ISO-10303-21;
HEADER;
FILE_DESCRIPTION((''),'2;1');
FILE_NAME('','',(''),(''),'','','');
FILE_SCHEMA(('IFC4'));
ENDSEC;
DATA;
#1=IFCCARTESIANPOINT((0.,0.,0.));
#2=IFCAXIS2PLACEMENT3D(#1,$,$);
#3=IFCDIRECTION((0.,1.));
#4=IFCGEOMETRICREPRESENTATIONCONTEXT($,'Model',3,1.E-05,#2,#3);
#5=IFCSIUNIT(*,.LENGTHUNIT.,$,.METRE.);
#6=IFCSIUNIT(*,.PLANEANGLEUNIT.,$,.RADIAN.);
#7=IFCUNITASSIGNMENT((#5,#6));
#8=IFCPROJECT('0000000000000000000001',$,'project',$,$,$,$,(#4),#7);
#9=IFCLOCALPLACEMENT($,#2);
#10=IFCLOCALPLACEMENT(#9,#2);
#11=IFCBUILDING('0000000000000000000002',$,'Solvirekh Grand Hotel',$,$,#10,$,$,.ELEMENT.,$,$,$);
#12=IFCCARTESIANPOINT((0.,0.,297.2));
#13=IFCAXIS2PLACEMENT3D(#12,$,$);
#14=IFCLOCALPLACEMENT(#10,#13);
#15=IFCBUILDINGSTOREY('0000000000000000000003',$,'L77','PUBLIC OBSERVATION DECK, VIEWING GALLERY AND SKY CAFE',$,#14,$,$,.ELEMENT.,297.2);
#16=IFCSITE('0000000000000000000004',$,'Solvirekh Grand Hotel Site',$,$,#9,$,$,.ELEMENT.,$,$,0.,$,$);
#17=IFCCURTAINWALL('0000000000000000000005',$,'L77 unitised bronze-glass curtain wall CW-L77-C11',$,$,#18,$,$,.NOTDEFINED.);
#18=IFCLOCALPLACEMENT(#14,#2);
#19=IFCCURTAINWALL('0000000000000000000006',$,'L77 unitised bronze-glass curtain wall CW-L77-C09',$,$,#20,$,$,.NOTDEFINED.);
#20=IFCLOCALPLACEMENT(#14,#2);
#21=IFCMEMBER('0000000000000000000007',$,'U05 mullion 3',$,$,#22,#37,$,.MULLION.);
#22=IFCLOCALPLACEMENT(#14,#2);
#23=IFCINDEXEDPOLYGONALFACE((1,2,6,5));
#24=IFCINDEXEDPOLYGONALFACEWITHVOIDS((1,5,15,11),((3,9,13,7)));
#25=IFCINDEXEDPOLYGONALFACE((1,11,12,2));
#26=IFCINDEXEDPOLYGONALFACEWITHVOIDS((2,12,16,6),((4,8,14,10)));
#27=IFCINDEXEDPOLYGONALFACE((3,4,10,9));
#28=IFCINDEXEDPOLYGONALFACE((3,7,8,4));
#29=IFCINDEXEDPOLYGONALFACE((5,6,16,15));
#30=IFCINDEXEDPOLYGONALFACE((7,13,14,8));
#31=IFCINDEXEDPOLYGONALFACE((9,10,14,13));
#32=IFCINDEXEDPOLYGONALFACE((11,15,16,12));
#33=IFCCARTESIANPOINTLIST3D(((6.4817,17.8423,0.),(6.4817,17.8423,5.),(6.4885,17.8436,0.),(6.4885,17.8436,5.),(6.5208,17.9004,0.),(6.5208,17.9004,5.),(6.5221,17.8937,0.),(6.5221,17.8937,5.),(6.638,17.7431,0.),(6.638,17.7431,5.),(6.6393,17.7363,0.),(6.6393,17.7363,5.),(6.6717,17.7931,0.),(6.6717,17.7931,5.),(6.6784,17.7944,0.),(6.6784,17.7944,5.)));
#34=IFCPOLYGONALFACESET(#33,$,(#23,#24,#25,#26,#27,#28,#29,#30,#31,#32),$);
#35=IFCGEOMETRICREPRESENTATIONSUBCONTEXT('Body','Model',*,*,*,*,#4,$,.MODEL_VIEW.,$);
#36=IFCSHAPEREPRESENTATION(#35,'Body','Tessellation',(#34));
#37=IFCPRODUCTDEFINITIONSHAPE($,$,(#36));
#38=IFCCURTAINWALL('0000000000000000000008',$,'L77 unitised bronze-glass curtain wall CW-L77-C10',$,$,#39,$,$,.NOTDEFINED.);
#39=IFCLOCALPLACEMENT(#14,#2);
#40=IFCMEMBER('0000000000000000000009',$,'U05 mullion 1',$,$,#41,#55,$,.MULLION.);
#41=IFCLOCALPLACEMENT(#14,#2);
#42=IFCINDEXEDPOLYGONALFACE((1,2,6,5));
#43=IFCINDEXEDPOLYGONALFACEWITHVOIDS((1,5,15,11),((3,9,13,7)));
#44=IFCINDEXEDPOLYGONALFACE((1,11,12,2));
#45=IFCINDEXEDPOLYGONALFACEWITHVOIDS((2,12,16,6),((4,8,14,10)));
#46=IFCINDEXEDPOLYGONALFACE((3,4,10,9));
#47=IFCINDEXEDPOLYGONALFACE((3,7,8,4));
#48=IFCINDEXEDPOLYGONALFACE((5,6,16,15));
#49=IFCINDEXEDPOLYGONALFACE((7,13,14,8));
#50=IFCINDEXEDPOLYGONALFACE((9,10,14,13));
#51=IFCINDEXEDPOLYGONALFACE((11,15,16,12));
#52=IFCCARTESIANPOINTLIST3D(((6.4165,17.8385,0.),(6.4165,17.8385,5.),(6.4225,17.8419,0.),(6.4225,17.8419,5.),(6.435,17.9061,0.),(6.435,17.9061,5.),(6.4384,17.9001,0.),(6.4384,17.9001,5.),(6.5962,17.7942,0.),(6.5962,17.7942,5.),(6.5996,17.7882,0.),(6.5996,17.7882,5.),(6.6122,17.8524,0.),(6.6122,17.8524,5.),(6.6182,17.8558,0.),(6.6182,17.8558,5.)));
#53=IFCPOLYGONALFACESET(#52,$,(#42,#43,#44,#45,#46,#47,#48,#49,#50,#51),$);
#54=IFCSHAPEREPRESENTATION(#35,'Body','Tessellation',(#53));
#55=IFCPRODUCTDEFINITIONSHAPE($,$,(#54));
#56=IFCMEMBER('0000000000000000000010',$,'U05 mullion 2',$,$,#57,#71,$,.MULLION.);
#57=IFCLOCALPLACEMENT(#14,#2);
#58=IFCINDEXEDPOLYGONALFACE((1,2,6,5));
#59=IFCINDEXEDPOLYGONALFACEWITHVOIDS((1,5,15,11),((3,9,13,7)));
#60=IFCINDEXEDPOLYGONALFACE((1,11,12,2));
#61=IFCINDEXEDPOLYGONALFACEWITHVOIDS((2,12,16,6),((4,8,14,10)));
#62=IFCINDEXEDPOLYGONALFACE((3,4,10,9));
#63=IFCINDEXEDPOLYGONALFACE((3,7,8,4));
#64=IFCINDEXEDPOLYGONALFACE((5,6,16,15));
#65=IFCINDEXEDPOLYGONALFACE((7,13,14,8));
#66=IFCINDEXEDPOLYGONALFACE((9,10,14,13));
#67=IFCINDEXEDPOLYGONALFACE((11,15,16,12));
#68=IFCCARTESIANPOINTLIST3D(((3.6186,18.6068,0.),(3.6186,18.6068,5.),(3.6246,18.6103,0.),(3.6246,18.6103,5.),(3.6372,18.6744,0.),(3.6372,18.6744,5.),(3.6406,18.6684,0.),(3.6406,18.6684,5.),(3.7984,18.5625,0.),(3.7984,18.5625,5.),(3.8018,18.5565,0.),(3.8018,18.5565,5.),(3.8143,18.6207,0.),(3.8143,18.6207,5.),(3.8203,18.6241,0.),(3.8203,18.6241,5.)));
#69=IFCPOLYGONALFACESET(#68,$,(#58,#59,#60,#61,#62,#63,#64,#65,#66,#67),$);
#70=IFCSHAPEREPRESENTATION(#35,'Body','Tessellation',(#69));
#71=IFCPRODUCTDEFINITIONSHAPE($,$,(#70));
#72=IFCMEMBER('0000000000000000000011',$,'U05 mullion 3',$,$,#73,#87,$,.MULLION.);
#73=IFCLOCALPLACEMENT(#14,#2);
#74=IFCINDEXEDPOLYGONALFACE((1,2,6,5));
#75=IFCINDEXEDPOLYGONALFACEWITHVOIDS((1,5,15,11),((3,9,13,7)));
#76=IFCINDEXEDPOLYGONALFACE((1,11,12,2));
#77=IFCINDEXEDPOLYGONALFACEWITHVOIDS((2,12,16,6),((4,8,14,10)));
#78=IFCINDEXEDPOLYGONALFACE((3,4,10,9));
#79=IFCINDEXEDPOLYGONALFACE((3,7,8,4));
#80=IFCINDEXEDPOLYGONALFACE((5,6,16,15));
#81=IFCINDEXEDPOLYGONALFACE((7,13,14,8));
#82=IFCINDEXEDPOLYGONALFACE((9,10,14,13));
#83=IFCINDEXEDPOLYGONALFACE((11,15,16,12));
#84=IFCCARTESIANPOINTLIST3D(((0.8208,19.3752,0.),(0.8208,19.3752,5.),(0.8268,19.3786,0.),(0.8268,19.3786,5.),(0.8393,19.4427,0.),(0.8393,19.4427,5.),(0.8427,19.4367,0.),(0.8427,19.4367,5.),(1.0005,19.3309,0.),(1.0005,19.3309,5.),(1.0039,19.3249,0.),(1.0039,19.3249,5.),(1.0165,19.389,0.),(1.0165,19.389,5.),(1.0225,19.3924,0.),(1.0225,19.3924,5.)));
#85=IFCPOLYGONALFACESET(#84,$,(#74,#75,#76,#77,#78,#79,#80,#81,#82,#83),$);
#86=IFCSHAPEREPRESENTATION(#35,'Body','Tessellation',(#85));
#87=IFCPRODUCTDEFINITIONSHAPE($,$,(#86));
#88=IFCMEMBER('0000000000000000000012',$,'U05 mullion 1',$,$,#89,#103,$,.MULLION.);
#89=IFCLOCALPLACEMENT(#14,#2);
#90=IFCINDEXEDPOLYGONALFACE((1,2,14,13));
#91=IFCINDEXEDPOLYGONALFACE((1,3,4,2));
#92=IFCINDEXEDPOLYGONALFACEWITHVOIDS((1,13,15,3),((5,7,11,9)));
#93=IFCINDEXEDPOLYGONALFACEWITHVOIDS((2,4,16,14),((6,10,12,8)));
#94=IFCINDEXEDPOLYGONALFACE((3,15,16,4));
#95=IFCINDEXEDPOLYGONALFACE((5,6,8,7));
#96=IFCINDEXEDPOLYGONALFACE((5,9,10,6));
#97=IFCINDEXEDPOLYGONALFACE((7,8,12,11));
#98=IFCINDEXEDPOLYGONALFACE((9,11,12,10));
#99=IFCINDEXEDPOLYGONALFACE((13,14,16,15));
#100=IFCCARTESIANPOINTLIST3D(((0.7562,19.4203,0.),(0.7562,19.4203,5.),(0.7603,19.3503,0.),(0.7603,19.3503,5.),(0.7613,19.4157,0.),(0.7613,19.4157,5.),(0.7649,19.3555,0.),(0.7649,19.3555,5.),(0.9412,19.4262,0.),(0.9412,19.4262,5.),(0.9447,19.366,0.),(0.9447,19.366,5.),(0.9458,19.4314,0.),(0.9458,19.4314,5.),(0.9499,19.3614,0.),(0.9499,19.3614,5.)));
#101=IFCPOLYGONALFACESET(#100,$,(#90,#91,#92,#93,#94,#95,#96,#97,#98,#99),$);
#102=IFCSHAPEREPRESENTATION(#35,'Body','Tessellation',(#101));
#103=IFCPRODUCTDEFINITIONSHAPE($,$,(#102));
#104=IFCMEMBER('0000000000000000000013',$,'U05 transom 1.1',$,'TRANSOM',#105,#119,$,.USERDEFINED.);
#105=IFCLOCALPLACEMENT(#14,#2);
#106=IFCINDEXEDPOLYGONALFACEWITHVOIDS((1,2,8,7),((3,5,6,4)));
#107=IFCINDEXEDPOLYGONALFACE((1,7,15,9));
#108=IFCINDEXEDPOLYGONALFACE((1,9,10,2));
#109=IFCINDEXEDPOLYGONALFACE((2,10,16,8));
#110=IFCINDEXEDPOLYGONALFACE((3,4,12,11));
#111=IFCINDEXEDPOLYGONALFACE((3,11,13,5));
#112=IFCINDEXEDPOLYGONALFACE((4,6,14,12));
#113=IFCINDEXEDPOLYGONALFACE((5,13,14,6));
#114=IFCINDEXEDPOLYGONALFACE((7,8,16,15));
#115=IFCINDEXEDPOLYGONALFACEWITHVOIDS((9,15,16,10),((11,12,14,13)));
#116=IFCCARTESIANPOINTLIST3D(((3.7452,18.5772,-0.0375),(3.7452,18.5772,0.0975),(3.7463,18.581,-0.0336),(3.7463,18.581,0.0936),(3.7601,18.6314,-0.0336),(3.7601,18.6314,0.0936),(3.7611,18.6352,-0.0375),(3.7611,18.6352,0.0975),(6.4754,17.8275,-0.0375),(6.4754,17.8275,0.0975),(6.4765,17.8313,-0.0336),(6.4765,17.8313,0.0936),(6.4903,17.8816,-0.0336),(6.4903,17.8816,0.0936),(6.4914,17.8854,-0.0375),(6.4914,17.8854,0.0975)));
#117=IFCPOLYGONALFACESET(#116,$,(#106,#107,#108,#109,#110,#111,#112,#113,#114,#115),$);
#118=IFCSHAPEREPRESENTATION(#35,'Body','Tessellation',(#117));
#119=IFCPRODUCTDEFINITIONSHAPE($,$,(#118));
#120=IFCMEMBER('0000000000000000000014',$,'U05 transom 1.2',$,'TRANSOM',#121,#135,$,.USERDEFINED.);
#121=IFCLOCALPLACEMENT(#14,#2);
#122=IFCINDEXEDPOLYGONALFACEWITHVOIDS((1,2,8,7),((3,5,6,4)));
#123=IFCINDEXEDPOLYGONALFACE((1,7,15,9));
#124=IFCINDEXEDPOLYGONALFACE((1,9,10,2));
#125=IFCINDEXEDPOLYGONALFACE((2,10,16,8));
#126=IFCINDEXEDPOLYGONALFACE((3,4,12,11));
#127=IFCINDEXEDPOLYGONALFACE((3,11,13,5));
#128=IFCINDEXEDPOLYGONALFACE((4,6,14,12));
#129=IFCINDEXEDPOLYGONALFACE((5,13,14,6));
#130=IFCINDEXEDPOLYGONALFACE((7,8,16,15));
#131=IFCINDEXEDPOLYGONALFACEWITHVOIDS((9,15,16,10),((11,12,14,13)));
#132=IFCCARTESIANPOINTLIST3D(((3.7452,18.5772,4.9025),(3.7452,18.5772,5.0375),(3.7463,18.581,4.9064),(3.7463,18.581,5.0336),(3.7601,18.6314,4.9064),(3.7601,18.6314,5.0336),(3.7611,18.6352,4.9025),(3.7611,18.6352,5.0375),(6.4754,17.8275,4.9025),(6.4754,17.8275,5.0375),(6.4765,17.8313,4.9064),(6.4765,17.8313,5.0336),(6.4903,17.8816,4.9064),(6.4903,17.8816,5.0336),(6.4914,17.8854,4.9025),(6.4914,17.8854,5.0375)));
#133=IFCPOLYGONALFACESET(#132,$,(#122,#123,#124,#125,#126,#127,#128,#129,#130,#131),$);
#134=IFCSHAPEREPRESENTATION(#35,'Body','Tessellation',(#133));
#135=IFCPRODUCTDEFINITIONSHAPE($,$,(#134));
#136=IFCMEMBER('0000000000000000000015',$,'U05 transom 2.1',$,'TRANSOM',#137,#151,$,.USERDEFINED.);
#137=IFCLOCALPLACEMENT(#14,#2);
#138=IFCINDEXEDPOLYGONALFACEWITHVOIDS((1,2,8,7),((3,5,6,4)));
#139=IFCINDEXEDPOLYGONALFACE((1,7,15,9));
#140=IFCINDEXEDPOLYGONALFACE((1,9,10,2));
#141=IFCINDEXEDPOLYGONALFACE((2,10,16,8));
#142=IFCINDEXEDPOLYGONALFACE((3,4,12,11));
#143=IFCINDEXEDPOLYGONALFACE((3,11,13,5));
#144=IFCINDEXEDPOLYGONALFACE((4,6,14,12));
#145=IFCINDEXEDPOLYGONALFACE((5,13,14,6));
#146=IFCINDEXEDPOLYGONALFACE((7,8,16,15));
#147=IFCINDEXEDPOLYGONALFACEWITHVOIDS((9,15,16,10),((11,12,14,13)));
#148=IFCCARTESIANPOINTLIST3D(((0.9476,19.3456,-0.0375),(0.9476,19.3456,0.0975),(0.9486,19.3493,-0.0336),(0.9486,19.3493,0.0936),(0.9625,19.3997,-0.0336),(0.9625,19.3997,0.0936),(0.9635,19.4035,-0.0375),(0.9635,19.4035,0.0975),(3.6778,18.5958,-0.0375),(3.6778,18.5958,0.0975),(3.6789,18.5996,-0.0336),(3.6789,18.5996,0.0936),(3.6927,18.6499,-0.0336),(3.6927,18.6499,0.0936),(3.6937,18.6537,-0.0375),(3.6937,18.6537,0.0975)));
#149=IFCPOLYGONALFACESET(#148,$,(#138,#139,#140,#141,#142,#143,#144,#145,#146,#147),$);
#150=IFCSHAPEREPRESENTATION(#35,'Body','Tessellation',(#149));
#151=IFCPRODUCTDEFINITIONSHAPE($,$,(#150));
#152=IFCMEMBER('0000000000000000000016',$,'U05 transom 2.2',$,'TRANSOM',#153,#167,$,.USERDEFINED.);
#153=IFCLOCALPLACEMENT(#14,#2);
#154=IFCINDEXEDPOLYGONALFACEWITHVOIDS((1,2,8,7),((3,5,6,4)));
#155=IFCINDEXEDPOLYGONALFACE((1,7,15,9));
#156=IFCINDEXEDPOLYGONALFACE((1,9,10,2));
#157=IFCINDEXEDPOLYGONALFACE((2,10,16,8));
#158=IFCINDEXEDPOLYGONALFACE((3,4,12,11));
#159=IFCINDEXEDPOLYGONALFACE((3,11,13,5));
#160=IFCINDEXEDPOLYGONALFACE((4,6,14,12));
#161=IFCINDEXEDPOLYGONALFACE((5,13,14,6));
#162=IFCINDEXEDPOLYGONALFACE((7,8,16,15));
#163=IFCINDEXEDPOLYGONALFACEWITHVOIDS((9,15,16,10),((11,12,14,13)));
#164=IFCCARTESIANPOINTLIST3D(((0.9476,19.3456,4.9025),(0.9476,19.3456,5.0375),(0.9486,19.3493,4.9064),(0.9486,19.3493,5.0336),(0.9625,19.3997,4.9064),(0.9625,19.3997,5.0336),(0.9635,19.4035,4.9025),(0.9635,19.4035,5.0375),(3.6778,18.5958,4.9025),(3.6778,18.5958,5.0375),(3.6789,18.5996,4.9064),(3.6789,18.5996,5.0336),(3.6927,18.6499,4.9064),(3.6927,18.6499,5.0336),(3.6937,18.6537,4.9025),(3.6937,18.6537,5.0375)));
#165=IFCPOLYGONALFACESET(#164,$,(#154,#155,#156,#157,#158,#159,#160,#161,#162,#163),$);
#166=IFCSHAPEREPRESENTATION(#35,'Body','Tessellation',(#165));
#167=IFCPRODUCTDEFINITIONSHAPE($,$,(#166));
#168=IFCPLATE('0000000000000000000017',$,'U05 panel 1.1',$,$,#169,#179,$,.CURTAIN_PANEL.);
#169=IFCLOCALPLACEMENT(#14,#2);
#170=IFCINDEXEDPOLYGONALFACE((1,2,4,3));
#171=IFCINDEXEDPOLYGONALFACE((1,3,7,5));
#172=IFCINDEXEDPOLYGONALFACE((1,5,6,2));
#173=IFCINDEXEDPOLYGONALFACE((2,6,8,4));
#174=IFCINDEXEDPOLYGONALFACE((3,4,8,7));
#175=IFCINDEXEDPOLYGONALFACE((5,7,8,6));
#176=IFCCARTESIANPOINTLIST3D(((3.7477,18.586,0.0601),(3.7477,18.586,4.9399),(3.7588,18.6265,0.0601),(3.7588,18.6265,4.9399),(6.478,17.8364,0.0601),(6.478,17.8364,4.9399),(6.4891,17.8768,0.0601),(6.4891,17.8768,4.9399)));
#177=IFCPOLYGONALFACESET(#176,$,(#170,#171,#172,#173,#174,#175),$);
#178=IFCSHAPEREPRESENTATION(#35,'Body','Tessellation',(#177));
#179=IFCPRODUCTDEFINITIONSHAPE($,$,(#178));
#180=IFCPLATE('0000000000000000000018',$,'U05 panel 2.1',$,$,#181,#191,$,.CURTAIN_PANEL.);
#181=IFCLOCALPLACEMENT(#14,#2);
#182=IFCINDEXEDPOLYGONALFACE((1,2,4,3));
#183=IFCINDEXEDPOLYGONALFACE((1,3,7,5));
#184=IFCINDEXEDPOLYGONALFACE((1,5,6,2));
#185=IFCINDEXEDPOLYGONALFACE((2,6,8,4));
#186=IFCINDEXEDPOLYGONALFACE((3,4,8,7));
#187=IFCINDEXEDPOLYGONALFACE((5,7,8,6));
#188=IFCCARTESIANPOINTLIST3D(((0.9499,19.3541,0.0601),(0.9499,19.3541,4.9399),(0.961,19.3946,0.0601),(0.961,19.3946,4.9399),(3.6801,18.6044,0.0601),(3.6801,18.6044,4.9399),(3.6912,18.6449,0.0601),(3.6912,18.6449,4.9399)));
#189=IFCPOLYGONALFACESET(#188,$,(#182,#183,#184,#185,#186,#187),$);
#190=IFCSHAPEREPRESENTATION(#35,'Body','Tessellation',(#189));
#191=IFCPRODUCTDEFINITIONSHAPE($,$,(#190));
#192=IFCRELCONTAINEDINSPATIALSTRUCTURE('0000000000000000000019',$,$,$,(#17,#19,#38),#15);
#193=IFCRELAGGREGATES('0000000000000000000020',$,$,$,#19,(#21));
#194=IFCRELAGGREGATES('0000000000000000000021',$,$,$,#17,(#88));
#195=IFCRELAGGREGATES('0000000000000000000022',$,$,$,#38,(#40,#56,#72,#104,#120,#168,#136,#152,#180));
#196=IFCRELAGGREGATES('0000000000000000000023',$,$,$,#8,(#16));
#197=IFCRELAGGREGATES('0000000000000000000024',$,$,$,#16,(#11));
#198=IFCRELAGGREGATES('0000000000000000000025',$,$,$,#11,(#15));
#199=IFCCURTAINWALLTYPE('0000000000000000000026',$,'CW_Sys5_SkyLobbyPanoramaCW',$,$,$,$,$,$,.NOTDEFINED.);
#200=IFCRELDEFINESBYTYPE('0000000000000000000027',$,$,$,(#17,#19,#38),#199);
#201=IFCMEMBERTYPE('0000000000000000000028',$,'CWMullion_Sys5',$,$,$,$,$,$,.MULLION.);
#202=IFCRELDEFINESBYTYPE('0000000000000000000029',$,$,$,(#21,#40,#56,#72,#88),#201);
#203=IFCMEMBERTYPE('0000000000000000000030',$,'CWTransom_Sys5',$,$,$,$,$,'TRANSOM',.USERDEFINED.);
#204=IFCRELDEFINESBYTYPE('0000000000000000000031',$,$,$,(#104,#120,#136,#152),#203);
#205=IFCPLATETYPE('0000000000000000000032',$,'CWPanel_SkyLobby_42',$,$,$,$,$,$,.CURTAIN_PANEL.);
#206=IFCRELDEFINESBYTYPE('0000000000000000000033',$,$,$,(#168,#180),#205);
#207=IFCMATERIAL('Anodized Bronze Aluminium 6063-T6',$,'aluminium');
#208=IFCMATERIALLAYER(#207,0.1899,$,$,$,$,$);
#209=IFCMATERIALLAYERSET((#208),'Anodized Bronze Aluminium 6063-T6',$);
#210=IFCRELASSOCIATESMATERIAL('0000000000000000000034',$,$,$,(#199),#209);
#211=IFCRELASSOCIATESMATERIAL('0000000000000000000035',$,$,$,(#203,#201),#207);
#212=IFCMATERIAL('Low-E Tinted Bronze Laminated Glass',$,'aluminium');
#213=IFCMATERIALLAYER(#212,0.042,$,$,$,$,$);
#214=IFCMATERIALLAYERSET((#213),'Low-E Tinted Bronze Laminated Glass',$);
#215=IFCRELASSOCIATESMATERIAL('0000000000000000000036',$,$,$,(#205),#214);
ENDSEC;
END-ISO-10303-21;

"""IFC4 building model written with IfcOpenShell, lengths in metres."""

from ifc_helpers import new_model, si_unit, direction, frame, origin, origin_2d, place, context, subcontext, project, spatial, rectangle, hollow_rectangle, extrude, source, transform, mapped, material, layer, layer_set, material_profile, profile_set, type_object, element, aggregate, save


model = new_model("IFC4")

# Units and contexts
model_context = context("Model", 3, precision=1e-05, world=origin(), true_north=direction((0.0, 1.0)))
body_context = subcontext(model_context, "Body", "Model", "MODEL_VIEW")
ifc_project = project(units=[si_unit("LENGTHUNIT", "METRE"), si_unit("PLANEANGLEUNIT", "RADIAN")], contexts=[model_context])

# Site, building, storey
site_placement = place(None, origin())
site = spatial("IfcSite", under=ifc_project, at=site_placement, Name="Solvirekh Grand Hotel Site", CompositionType="ELEMENT", RefElevation=0.0)
building_placement = place(site_placement, origin())
building = spatial("IfcBuilding", under=site, at=building_placement, Name="Solvirekh Grand Hotel", CompositionType="ELEMENT")
storey_placement = place(building_placement, frame((0.0, 0.0, 297.2)))
storey = spatial("IfcBuildingStorey", under=building, at=storey_placement, Name="L77", Description="PUBLIC OBSERVATION DECK, VIEWING GALLERY AND SKY CAFE", CompositionType="ELEMENT", Elevation=297.2)

# Curtain wall
ifc_material_1 = material(Name="Anodized Bronze Aluminium 6063-T6", Category="aluminium")
ifc_layer_1 = layer(ifc_material_1, 0.1899)
ifc_layer_set_1 = layer_set([ifc_layer_1], Name="Anodized Bronze Aluminium 6063-T6")
curtain_wall_type = type_object("IfcCurtainWallType", Name="CW_Sys5_SkyLobbyPanoramaCW", PredefinedType="NOTDEFINED", material=ifc_layer_set_1)
curtain_wall_1_placement = place(storey_placement, origin())
curtain_wall_1 = element("IfcCurtainWall", 1, at=curtain_wall_1_placement, inside=storey, type_object=curtain_wall_type, Name="L77 unitised bronze-glass curtain wall CW-L77-C11", PredefinedType="NOTDEFINED")
ifc_material_profile_1 = material_profile(ifc_material_1, hollow_rectangle(XDim=0.0601, YDim=0.135, WallThickness=0.0039, at=origin_2d()), Name="ALU RHS 135X60X4")
ifc_profile_set_1 = profile_set([ifc_material_profile_1], Name="Anodized Bronze Aluminium 6063-T6")
member_type_1 = type_object("IfcMemberType", Name="CWTransom_Sys5", ElementType="TRANSOM", PredefinedType="USERDEFINED", material=ifc_profile_set_1)

# Curtain wall, member
curtain_wall_2_placement = place(storey_placement, origin())
curtain_wall_2 = element("IfcCurtainWall", 2, at=curtain_wall_2_placement, inside=storey, type_object=curtain_wall_type, Name="L77 unitised bronze-glass curtain wall CW-L77-C09", PredefinedType="NOTDEFINED")
ifc_material_profile_2 = material_profile(ifc_material_1, hollow_rectangle(XDim=0.0701, YDim=0.1899, WallThickness=0.0049, at=origin_2d()), Name="ALU RHS 190X70X5")
ifc_profile_set_2 = profile_set([ifc_material_profile_2], Name="Anodized Bronze Aluminium 6063-T6")
member_type_2 = type_object("IfcMemberType", Name="CWMullion_Sys5", PredefinedType="MULLION", material=ifc_profile_set_2)
shared_shape_1 = source(origin(), body_context, "Body", "SweptSolid", [
    extrude(hollow_rectangle(XDim=0.0701, YDim=0.1899, WallThickness=0.0049, at=origin_2d()), origin(), (0.0, 0.0, 1.0), 5.0),
])
member_1_placement = place(storey_placement, frame((6.5801, 17.8184, 0.0), z_axis=(0.0, 0.0, 1.0), x_axis=(-0.558012, -0.829833, 0.0)))
member_1 = element("IfcMember", 3, at=member_1_placement, type_object=member_type_2, Name="U05 mullion 3", PredefinedType="MULLION", context=body_context, shape_type="MappedRepresentation", body=[
    mapped(shared_shape_1, transform((0.0, 0.0, 0.0), x_axis=(1.0, 0.0, 0.0), y_axis=(0.0, 1.0, 0.0), z_axis=(0.0, 0.0, 1.0), scale=1.0)),
])
aggregate(curtain_wall_2, [member_1])

# Curtain wall, members
curtain_wall_3_placement = place(storey_placement, origin())
curtain_wall_3 = element("IfcCurtainWall", 4, at=curtain_wall_3_placement, inside=storey, type_object=curtain_wall_type, Name="L77 unitised bronze-glass curtain wall CW-L77-C10", PredefinedType="NOTDEFINED")
member_2_placement = place(storey_placement, frame((6.5173, 17.8472, 0.0), z_axis=(0.0, 0.0, 1.0), x_axis=(-0.264788, -0.964307, 0.0)))
member_2 = element("IfcMember", 5, at=member_2_placement, type_object=member_type_2, Name="U05 mullion 1", PredefinedType="MULLION", context=body_context, shape_type="MappedRepresentation", body=[
    mapped(shared_shape_1, transform((0.0, 0.0, 0.0), x_axis=(1.0, 0.0, 0.0), y_axis=(0.0, 1.0, 0.0), z_axis=(0.0, 0.0, 1.0), scale=1.0)),
])
member_3_placement = place(storey_placement, frame((3.7195, 18.6155, 0.0), z_axis=(0.0, 0.0, 1.0), x_axis=(-0.264788, -0.964307, 0.0)))
member_3 = element("IfcMember", 6, at=member_3_placement, type_object=member_type_2, Name="U05 mullion 2", PredefinedType="MULLION", context=body_context, shape_type="MappedRepresentation", body=[
    mapped(shared_shape_1, transform((0.0, 0.0, 0.0), x_axis=(1.0, 0.0, 0.0), y_axis=(0.0, 1.0, 0.0), z_axis=(0.0, 0.0, 1.0), scale=1.0)),
])
member_4_placement = place(storey_placement, frame((0.9216, 19.3838, 0.0), z_axis=(0.0, 0.0, 1.0), x_axis=(-0.264788, -0.964307, 0.0)))
member_4 = element("IfcMember", 7, at=member_4_placement, type_object=member_type_2, Name="U05 mullion 3", PredefinedType="MULLION", context=body_context, shape_type="MappedRepresentation", body=[
    mapped(shared_shape_1, transform((0.0, 0.0, 0.0), x_axis=(1.0, 0.0, 0.0), y_axis=(0.0, 1.0, 0.0), z_axis=(0.0, 0.0, 1.0), scale=1.0)),
])

# Members
member_5_placement = place(storey_placement, frame((0.853, 19.3909, 0.0), z_axis=(0.0, 0.0, 1.0), x_axis=(0.058413, -0.998293, 0.0)))
member_5 = element("IfcMember", 8, at=member_5_placement, type_object=member_type_2, Name="U05 mullion 1", PredefinedType="MULLION", context=body_context, shape_type="MappedRepresentation", body=[
    mapped(shared_shape_1, transform((0.0, 0.0, 0.0), x_axis=(1.0, 0.0, 0.0), y_axis=(0.0, 1.0, 0.0), z_axis=(0.0, 0.0, 1.0), scale=1.0)),
])
aggregate(curtain_wall_1, [member_5])
shared_shape_2 = source(origin(), body_context, "Body", "SweptSolid", [
    extrude(hollow_rectangle(XDim=0.0601, YDim=0.135, WallThickness=0.0039, at=origin_2d()), origin(), (0.0, 0.0, 1.0), 2.8313),
])
member_6_placement = place(storey_placement, frame((6.4834, 17.8564, 0.03), z_axis=(-0.964301, 0.26481, 0.0), x_axis=(-0.26481, -0.964301, 0.0)))
member_6 = element("IfcMember", 9, at=member_6_placement, type_object=member_type_1, Name="U05 transom 1.1", ObjectType="TRANSOM", PredefinedType="USERDEFINED", context=body_context, shape_type="MappedRepresentation", body=[
    mapped(shared_shape_2, transform((0.0, 0.0, 0.0), x_axis=(1.0, 0.0, 0.0), y_axis=(0.0, 1.0, 0.0), z_axis=(0.0, 0.0, 1.0), scale=1.0)),
])
member_7_placement = place(storey_placement, frame((6.4834, 17.8564, 4.97), z_axis=(-0.964301, 0.26481, 0.0), x_axis=(-0.26481, -0.964301, 0.0)))
member_7 = element("IfcMember", 10, at=member_7_placement, type_object=member_type_1, Name="U05 transom 1.2", ObjectType="TRANSOM", PredefinedType="USERDEFINED", context=body_context, shape_type="MappedRepresentation", body=[
    mapped(shared_shape_2, transform((0.0, 0.0, 0.0), x_axis=(1.0, 0.0, 0.0), y_axis=(0.0, 1.0, 0.0), z_axis=(0.0, 0.0, 1.0), scale=1.0)),
])
member_8_placement = place(storey_placement, frame((3.6858, 18.6248, 0.03), z_axis=(-0.964301, 0.26481, 0.0), x_axis=(-0.26481, -0.964301, 0.0)))
member_8 = element("IfcMember", 11, at=member_8_placement, type_object=member_type_1, Name="U05 transom 2.1", ObjectType="TRANSOM", PredefinedType="USERDEFINED", context=body_context, shape_type="MappedRepresentation", body=[
    mapped(shared_shape_2, transform((0.0, 0.0, 0.0), x_axis=(1.0, 0.0, 0.0), y_axis=(0.0, 1.0, 0.0), z_axis=(0.0, 0.0, 1.0), scale=1.0)),
])
member_9_placement = place(storey_placement, frame((3.6858, 18.6248, 4.97), z_axis=(-0.964301, 0.26481, 0.0), x_axis=(-0.26481, -0.964301, 0.0)))
member_9 = element("IfcMember", 12, at=member_9_placement, type_object=member_type_1, Name="U05 transom 2.2", ObjectType="TRANSOM", PredefinedType="USERDEFINED", context=body_context, shape_type="MappedRepresentation", body=[
    mapped(shared_shape_2, transform((0.0, 0.0, 0.0), x_axis=(1.0, 0.0, 0.0), y_axis=(0.0, 1.0, 0.0), z_axis=(0.0, 0.0, 1.0), scale=1.0)),
])

# Plates
ifc_material_2 = material(Name="Low-E Tinted Bronze Laminated Glass", Category="aluminium")
ifc_layer_2 = layer(ifc_material_2, 0.042)
ifc_layer_set_2 = layer_set([ifc_layer_2], Name="Low-E Tinted Bronze Laminated Glass")
plate_type = type_object("IfcPlateType", Name="CWPanel_SkyLobby_42", PredefinedType="CURTAIN_PANEL", material=ifc_layer_set_2)
shared_shape_3 = source(origin(), body_context, "Body", "SweptSolid", [
    extrude(rectangle(XDim=2.8313, YDim=0.042, at=origin_2d()), origin(), (0.0, 0.0, 1.0), 4.8799),
])
plate_1_placement = place(storey_placement, frame((5.1184, 18.2314, 0.0601), z_axis=(0.0, 0.0, 1.0), x_axis=(-0.964307, 0.264788, 0.0)))
plate_1 = element("IfcPlate", 13, at=plate_1_placement, type_object=plate_type, Name="U05 panel 1.1", PredefinedType="CURTAIN_PANEL", context=body_context, shape_type="MappedRepresentation", body=[
    mapped(shared_shape_3, transform((0.0, 0.0, 0.0), x_axis=(1.0, 0.0, 0.0), y_axis=(0.0, 1.0, 0.0), z_axis=(0.0, 0.0, 1.0), scale=1.0)),
])
plate_2_placement = place(storey_placement, frame((2.3206, 18.9995, 0.0601), z_axis=(0.0, 0.0, 1.0), x_axis=(-0.964307, 0.264788, 0.0)))
plate_2 = element("IfcPlate", 14, at=plate_2_placement, type_object=plate_type, Name="U05 panel 2.1", PredefinedType="CURTAIN_PANEL", context=body_context, shape_type="MappedRepresentation", body=[
    mapped(shared_shape_3, transform((0.0, 0.0, 0.0), x_axis=(1.0, 0.0, 0.0), y_axis=(0.0, 1.0, 0.0), z_axis=(0.0, 0.0, 1.0), scale=1.0)),
])
aggregate(curtain_wall_3, [member_2, member_3, member_4, member_6, member_7, plate_1, member_8, member_9, plate_2])

save(model, "model.ifc")
